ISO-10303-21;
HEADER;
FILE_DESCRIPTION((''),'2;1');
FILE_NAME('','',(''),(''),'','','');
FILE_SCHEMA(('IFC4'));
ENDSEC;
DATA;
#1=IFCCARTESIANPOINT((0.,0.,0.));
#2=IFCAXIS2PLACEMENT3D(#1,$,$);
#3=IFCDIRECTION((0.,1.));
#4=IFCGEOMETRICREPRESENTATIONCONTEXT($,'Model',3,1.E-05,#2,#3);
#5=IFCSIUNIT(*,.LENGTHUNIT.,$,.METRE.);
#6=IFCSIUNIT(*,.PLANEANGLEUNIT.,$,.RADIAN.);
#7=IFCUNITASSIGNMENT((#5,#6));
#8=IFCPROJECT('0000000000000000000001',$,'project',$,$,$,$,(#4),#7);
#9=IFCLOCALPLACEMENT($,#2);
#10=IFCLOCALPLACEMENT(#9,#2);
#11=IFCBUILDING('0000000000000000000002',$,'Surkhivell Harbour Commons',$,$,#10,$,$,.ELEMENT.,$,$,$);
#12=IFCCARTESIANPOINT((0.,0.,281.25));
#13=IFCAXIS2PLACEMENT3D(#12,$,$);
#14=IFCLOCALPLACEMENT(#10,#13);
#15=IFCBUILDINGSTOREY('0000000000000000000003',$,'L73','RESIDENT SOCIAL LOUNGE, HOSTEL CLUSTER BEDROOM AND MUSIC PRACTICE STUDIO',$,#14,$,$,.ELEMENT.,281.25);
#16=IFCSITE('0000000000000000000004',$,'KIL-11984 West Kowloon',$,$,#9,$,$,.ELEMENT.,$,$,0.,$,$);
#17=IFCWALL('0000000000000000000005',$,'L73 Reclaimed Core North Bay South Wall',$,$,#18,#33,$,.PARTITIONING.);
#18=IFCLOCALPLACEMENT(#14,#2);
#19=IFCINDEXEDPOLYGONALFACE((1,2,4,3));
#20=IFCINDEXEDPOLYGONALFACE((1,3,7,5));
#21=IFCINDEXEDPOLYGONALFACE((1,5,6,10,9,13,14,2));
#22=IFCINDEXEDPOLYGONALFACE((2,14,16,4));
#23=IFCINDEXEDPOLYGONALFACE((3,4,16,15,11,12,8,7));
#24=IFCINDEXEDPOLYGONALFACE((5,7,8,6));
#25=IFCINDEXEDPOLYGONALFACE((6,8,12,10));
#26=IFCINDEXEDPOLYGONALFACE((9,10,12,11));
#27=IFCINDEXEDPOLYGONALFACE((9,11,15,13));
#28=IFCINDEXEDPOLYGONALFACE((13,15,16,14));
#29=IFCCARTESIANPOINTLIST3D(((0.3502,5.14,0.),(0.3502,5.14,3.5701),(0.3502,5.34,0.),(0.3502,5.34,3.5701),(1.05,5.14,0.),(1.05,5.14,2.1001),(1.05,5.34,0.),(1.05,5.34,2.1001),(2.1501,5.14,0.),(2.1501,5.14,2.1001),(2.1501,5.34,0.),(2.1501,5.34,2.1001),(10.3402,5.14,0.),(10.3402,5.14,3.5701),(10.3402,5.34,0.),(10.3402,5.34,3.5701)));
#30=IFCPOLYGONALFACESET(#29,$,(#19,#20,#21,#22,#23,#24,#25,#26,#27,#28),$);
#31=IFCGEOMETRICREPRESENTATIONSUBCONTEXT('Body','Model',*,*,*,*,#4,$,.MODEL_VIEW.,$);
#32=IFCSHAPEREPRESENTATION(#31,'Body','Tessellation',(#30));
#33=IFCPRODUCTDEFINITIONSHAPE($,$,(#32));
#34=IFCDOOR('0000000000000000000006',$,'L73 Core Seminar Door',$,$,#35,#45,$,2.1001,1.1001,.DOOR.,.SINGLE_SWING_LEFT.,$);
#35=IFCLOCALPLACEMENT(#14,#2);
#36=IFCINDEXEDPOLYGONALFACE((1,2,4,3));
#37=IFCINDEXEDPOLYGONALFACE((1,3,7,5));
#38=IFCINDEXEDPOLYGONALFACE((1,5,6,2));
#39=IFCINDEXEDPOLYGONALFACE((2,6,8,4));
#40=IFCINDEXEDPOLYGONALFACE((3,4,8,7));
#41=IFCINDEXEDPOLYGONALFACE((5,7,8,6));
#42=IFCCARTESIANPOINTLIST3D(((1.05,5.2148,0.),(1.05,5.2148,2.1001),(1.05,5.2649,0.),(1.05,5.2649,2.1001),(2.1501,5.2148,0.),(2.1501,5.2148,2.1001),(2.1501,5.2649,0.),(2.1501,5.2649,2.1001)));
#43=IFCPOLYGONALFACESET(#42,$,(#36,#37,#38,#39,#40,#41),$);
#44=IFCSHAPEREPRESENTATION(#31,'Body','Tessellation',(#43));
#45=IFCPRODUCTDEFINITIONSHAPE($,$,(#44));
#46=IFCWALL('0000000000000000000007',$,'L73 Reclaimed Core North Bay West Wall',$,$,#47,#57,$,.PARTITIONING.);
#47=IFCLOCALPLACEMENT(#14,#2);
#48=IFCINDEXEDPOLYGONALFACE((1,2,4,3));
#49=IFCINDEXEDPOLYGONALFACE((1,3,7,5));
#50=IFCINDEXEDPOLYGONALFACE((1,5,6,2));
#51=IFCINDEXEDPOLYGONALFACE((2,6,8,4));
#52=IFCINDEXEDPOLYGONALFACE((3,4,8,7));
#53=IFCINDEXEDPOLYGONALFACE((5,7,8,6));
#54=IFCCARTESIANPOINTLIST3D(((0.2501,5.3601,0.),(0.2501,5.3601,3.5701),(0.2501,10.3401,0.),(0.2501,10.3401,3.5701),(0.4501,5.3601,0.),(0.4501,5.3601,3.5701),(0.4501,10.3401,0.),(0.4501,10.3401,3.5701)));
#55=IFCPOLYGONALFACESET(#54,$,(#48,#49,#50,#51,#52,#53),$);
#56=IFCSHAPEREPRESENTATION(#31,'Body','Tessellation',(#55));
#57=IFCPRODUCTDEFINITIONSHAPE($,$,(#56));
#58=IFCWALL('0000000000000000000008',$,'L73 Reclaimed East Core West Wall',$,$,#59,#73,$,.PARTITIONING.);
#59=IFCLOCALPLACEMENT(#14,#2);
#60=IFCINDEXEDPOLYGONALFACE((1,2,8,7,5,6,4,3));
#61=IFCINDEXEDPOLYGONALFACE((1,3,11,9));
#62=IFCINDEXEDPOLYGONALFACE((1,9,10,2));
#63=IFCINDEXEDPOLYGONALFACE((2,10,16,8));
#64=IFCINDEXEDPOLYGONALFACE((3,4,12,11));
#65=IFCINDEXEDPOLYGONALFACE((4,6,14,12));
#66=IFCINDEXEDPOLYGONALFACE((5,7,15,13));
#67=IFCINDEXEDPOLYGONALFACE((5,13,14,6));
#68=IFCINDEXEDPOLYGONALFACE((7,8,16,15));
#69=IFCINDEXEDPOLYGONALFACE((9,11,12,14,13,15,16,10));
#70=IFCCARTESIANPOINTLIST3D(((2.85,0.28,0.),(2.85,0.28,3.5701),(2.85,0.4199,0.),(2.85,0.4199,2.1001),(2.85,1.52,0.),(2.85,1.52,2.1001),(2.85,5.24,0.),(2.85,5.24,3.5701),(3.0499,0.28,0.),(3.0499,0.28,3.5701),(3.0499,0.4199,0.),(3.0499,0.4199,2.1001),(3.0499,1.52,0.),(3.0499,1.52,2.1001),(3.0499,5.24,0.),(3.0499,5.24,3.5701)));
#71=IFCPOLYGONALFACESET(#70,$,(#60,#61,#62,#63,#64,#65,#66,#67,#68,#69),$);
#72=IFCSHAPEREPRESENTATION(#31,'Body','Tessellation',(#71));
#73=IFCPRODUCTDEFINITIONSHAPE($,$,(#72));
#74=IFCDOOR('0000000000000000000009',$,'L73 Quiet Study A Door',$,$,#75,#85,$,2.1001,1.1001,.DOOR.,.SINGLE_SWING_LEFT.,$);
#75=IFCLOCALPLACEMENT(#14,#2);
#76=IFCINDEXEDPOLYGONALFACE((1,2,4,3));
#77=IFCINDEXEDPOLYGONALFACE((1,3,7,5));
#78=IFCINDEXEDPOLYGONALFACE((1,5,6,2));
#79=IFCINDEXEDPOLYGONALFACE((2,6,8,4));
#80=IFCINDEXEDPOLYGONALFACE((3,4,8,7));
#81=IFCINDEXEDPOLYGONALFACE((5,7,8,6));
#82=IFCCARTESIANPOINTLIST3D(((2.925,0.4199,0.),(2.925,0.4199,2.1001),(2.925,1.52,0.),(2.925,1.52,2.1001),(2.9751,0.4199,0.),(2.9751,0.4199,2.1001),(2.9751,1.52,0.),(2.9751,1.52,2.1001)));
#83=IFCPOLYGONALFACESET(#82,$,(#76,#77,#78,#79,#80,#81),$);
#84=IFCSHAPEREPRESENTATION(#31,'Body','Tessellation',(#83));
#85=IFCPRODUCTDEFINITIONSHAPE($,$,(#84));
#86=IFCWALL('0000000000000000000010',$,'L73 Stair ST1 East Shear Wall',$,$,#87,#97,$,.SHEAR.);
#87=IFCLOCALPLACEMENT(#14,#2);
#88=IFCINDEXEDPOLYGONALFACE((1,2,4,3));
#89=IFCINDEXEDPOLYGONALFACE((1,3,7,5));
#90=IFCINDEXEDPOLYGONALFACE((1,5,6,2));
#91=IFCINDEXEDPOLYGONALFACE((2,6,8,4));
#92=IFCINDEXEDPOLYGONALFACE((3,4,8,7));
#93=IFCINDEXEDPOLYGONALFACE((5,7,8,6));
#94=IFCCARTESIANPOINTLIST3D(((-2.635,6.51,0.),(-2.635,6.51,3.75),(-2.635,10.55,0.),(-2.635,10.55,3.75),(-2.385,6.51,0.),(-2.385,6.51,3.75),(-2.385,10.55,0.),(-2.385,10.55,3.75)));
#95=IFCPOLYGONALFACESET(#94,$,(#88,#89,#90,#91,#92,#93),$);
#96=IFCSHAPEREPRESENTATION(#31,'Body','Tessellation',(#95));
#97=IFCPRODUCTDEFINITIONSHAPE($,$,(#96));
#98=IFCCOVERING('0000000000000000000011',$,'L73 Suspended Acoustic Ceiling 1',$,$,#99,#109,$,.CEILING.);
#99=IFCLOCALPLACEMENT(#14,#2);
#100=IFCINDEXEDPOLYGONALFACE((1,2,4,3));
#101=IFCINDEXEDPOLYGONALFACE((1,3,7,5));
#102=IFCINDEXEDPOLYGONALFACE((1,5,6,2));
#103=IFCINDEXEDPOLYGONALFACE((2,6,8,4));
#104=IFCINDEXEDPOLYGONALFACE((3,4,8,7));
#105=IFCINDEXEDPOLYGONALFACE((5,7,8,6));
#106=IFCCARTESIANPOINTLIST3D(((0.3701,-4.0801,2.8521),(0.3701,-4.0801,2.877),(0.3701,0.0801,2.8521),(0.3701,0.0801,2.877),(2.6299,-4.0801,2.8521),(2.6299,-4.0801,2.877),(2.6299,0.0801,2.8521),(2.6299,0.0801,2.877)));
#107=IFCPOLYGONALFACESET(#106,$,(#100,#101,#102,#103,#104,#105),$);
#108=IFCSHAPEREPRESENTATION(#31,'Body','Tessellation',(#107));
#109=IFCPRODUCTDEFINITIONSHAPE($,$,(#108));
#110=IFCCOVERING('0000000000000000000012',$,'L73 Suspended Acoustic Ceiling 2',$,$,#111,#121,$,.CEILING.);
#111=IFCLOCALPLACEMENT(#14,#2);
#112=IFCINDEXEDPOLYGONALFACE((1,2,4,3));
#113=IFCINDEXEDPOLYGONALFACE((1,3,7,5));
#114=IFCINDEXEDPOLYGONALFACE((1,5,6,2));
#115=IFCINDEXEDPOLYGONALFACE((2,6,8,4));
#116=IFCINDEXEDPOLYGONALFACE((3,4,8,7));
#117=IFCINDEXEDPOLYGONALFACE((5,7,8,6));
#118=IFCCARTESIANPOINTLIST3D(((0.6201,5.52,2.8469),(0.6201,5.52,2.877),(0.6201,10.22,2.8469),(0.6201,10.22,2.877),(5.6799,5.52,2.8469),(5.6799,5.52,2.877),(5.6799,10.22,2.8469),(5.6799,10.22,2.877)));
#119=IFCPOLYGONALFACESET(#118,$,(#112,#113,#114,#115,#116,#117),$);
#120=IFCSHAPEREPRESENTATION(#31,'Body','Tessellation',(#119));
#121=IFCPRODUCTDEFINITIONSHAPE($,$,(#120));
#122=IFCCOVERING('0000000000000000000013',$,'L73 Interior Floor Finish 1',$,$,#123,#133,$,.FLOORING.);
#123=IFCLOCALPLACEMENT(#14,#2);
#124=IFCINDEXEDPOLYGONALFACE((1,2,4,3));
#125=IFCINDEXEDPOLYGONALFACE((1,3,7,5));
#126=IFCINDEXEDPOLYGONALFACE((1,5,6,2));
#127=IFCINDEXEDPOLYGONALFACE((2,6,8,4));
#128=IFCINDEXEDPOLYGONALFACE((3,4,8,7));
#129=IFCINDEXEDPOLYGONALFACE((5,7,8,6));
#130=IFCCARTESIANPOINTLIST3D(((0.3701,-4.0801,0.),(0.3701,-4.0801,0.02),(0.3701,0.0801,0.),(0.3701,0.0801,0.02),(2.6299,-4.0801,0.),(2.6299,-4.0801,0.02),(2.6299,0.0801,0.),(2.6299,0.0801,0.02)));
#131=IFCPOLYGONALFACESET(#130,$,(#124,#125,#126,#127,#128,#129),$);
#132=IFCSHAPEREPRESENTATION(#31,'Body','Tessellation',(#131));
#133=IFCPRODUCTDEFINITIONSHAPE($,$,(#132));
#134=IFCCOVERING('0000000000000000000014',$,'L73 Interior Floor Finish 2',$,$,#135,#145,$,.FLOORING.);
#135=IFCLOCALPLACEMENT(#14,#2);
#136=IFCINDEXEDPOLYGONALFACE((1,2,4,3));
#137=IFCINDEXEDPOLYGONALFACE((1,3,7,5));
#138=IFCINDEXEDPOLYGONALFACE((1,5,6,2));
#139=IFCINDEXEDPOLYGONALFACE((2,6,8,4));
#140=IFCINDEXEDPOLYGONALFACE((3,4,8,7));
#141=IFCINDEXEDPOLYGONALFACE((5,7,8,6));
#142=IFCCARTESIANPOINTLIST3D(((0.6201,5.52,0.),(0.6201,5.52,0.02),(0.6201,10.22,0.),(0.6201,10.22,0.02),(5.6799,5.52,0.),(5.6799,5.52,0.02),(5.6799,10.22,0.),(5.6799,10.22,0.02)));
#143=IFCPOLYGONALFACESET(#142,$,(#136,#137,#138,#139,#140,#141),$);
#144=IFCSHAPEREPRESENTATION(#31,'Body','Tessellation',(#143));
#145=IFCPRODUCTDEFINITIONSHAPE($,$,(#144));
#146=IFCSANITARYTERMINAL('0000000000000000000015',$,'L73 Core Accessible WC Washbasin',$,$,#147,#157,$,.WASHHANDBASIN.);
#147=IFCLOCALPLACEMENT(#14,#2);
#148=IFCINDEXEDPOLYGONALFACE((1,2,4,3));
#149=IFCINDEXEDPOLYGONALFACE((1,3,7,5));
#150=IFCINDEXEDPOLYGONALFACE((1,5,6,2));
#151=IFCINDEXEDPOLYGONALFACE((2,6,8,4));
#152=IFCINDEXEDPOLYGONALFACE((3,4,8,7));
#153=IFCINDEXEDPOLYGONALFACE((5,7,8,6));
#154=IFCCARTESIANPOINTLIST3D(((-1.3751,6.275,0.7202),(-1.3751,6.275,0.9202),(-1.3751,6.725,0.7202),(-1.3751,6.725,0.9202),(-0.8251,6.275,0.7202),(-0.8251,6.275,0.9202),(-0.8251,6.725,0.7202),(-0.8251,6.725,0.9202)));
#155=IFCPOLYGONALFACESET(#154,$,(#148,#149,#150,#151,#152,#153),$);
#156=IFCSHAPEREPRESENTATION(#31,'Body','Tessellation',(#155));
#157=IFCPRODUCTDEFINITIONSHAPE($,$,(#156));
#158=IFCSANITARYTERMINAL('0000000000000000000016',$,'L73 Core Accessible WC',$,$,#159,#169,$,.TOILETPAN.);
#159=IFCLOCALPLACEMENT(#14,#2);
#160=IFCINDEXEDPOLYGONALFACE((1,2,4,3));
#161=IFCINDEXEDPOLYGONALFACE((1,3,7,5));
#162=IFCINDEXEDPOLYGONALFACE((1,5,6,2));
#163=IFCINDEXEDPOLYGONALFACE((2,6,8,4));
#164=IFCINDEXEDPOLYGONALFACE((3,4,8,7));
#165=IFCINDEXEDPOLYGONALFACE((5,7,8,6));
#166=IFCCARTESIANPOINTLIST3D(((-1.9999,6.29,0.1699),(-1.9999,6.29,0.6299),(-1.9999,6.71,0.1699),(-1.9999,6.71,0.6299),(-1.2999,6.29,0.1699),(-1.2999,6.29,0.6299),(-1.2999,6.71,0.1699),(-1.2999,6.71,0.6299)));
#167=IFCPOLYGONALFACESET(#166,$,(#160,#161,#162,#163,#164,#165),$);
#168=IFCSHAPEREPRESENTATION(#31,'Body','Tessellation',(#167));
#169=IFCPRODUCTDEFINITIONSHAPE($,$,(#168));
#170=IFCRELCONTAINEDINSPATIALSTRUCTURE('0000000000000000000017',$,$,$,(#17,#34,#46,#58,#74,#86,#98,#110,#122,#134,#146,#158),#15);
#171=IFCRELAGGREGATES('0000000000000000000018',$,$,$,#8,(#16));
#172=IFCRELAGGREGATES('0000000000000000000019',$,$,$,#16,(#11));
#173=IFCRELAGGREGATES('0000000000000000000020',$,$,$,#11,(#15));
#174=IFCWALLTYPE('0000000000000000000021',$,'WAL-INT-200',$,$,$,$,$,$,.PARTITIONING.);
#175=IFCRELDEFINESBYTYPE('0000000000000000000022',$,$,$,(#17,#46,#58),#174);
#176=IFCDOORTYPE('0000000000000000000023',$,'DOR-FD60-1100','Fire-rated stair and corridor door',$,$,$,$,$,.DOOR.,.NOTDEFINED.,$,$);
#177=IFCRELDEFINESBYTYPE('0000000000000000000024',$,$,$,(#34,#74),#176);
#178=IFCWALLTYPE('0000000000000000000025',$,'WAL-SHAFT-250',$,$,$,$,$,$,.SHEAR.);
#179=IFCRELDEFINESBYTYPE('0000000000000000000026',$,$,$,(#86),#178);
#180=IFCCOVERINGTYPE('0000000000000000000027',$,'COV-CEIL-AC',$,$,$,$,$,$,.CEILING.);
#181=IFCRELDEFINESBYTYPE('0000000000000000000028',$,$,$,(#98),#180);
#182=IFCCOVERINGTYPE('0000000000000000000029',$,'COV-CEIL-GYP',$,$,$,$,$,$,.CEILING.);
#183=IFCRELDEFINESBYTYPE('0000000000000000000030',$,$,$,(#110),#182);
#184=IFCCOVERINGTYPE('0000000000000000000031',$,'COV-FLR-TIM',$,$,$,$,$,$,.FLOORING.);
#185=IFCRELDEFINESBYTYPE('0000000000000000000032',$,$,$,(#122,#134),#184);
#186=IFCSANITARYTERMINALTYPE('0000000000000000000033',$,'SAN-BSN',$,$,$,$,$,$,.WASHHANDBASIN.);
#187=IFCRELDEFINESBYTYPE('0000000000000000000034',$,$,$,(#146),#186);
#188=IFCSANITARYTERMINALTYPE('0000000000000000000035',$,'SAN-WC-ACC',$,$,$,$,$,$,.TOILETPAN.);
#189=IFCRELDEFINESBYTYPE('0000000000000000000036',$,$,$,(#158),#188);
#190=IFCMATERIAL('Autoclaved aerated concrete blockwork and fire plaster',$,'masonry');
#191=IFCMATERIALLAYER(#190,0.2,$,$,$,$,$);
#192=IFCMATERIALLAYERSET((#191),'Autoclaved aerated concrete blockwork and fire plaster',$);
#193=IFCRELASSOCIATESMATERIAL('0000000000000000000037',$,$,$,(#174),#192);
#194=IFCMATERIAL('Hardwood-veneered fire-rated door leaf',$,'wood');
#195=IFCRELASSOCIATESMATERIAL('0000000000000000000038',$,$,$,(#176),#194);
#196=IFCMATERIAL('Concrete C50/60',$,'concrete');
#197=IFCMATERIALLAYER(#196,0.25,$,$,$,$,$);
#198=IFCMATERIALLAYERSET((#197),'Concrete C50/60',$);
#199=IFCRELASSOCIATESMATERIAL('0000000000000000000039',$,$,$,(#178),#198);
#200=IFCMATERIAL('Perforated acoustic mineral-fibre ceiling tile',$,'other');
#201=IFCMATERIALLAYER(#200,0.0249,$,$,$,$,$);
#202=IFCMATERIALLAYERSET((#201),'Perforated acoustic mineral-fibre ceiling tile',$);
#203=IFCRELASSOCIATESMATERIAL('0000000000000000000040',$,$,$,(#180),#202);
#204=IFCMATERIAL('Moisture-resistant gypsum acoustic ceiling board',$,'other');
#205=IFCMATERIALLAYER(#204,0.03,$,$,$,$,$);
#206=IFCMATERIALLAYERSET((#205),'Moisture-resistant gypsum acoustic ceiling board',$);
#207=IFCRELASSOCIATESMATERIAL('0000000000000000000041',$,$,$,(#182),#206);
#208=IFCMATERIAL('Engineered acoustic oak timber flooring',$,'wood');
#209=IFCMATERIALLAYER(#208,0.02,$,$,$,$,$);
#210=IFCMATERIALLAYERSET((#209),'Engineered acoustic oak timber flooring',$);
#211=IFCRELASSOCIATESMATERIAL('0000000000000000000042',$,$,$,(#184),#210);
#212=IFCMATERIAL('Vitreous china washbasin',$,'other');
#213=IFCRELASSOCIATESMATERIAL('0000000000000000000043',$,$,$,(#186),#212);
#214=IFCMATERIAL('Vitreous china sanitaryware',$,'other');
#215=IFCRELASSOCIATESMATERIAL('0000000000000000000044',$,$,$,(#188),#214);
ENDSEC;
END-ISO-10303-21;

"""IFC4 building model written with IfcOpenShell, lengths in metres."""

from ifc_helpers import new_model, si_unit, direction, frame, frame_2d, origin, origin_2d, place, context, subcontext, project, spatial, polyline, rectangle, outline, extrude, material, layer, layer_set, type_object, element, fill, save


model = new_model("IFC4")

# Units and contexts
model_context = context("Model", 3, precision=1e-05, world=origin(), true_north=direction((0.0, 1.0)))
body_context = subcontext(model_context, "Body", "Model", "MODEL_VIEW")
ifc_project = project(units=[si_unit("LENGTHUNIT", "METRE"), si_unit("PLANEANGLEUNIT", "RADIAN")], contexts=[model_context])

# Site, building, storey
site_placement = place(None, origin())
site = spatial("IfcSite", under=ifc_project, at=site_placement, Name="KIL-11984 West Kowloon", CompositionType="ELEMENT", RefElevation=0.0)
building_placement = place(site_placement, origin())
building = spatial("IfcBuilding", under=site, at=building_placement, Name="Surkhivell Harbour Commons", CompositionType="ELEMENT")
storey_placement = place(building_placement, frame((0.0, 0.0, 281.25)))
storey = spatial("IfcBuildingStorey", under=building, at=storey_placement, Name="L73", Description="RESIDENT SOCIAL LOUNGE, HOSTEL CLUSTER BEDROOM AND MUSIC PRACTICE STUDIO", CompositionType="ELEMENT", Elevation=281.25)

# Shared definitions
ifc_material_1 = material(Name="Concrete C50/60", Category="concrete")

# Shared definitions
ifc_material_2 = material(Name="Hardwood-veneered fire-rated door leaf", Category="wood")

# Wall, opening, door
ifc_material_3 = material(Name="Autoclaved aerated concrete blockwork and fire plaster", Category="masonry")
ifc_layer_1 = layer(ifc_material_3, 0.2)
ifc_layer_set_1 = layer_set([ifc_layer_1], Name="Autoclaved aerated concrete blockwork and fire plaster")
wall_type_1 = type_object("IfcWallType", Name="WAL-INT-200", PredefinedType="PARTITIONING", material=ifc_layer_set_1)
wall_1_placement = place(storey_placement, frame((0.3501, 5.24, 0.0), z_axis=(0.0, 0.0, 1.0), x_axis=(1.0, 0.0, 0.0)))
wall_1 = element("IfcWall", 1, at=wall_1_placement, inside=storey, type_object=wall_type_1, Name="L73 Reclaimed Core North Bay South Wall", PredefinedType="PARTITIONING", context=body_context, shape_type="SweptSolid", body=[
    extrude(rectangle(XDim=9.99, YDim=0.2, at=frame_2d((4.9951, 0.0))), origin(), (0.0, 0.0, 1.0), 3.5701),
])
opening_1_placement = place(wall_1_placement, frame((0.7, 0.0, 0.0)))
opening_1 = element("IfcOpeningElement", 2, at=opening_1_placement, cuts=wall_1, PredefinedType="OPENING", context=body_context, shape_type="SweptSolid", body=[
    extrude(rectangle(XDim=1.1001, YDim=2.1001, at=frame_2d((0.55, 1.05))), frame((0.0, 0.1099, 0.0), z_axis=(0.0, -1.0, 0.0), x_axis=(1.0, 0.0, 0.0)), (0.0, 0.0, 1.0), 0.22),
])
door_type_1 = type_object("IfcDoorType", Name="DOR-FD60-1100", Description="Fire-rated stair and corridor door", OperationType="NOTDEFINED", PredefinedType="DOOR", material=ifc_material_2)
door_1_placement = place(opening_1_placement, origin())
door_1 = element("IfcDoor", 3, at=door_1_placement, inside=storey, type_object=door_type_1, Name="L73 Core Seminar Door", OperationType="SINGLE_SWING_LEFT", OverallHeight=2.1001, OverallWidth=1.1001, PredefinedType="DOOR", context=body_context, shape_type="SweptSolid", body=[
    extrude(rectangle(XDim=1.1001, YDim=2.1001, at=frame_2d((0.55, 1.05))), frame((0.0, 0.0249, 0.0), z_axis=(0.0, -1.0, 0.0), x_axis=(1.0, 0.0, 0.0)), (0.0, 0.0, 1.0), 0.05),
])
fill(opening_1, door_1)

# Wall
wall_2_placement = place(storey_placement, frame((0.3501, 5.3601, 0.0), z_axis=(0.0, 0.0, 1.0), x_axis=(0.0, 1.0, 0.0)))
element("IfcWall", 4, at=wall_2_placement, inside=storey, type_object=wall_type_1, Name="L73 Reclaimed Core North Bay West Wall", PredefinedType="PARTITIONING", context=body_context, shape_type="SweptSolid", body=[
    extrude(rectangle(XDim=4.98, YDim=0.2, at=frame_2d((2.49, 0.0))), origin(), (0.0, 0.0, 1.0), 3.5701),
])

# Wall, opening, door
wall_3_placement = place(storey_placement, frame((2.95, 0.28, 0.0), z_axis=(0.0, 0.0, 1.0), x_axis=(0.0, 1.0, 0.0)))
wall_3 = element("IfcWall", 5, at=wall_3_placement, inside=storey, type_object=wall_type_1, Name="L73 Reclaimed East Core West Wall", PredefinedType="PARTITIONING", context=body_context, shape_type="SweptSolid", body=[
    extrude(rectangle(XDim=4.96, YDim=0.2, at=frame_2d((2.48, 0.0))), origin(), (0.0, 0.0, 1.0), 3.5701),
])
opening_2_placement = place(wall_3_placement, frame((0.1399, 0.0, 0.0)))
opening_2 = element("IfcOpeningElement", 6, at=opening_2_placement, cuts=wall_3, PredefinedType="OPENING", context=body_context, shape_type="SweptSolid", body=[
    extrude(rectangle(XDim=1.1001, YDim=2.1001, at=frame_2d((0.55, 1.05))), frame((0.0, 0.1099, 0.0), z_axis=(0.0, -1.0, 0.0), x_axis=(1.0, 0.0, 0.0)), (0.0, 0.0, 1.0), 0.22),
])
door_2_placement = place(opening_2_placement, origin())
door_2 = element("IfcDoor", 7, at=door_2_placement, inside=storey, type_object=door_type_1, Name="L73 Quiet Study A Door", OperationType="SINGLE_SWING_LEFT", OverallHeight=2.1001, OverallWidth=1.1001, PredefinedType="DOOR", context=body_context, shape_type="SweptSolid", body=[
    extrude(rectangle(XDim=1.1001, YDim=2.1001, at=frame_2d((0.55, 1.05))), frame((0.0, 0.0249, 0.0), z_axis=(0.0, -1.0, 0.0), x_axis=(1.0, 0.0, 0.0)), (0.0, 0.0, 1.0), 0.05),
])
fill(opening_2, door_2)

# Wall
ifc_layer_2 = layer(ifc_material_1, 0.25)
ifc_layer_set_2 = layer_set([ifc_layer_2], Name="Concrete C50/60")
wall_type_2 = type_object("IfcWallType", Name="WAL-SHAFT-250", PredefinedType="SHEAR", material=ifc_layer_set_2)
wall_4_placement = place(storey_placement, frame((-2.51, 6.51, 0.0), z_axis=(0.0, 0.0, 1.0), x_axis=(0.0, 1.0, 0.0)))
element("IfcWall", 8, at=wall_4_placement, inside=storey, type_object=wall_type_2, Name="L73 Stair ST1 East Shear Wall", PredefinedType="SHEAR", context=body_context, shape_type="SweptSolid", body=[
    extrude(rectangle(XDim=4.04, YDim=0.25, at=frame_2d((2.02, 0.0))), origin(), (0.0, 0.0, 1.0), 3.75),
])

# Coverings
ifc_material_4 = material(Name="Perforated acoustic mineral-fibre ceiling tile", Category="other")
ifc_layer_3 = layer(ifc_material_4, 0.0249)
ifc_layer_set_3 = layer_set([ifc_layer_3], Name="Perforated acoustic mineral-fibre ceiling tile")
covering_type_1 = type_object("IfcCoveringType", Name="COV-CEIL-AC", PredefinedType="CEILING", material=ifc_layer_set_3)
covering_1_placement = place(storey_placement, frame((0.0, 0.0, 2.8521)))
element("IfcCovering", 9, at=covering_1_placement, inside=storey, type_object=covering_type_1, Name="L73 Suspended Acoustic Ceiling 1", PredefinedType="CEILING", context=body_context, shape_type="SweptSolid", body=[
    extrude(outline(polyline([(0.3701, -4.0801), (2.6299, -4.0801), (2.6299, 0.0801), (0.3701, 0.0801), (0.3701, -4.0801)])), origin(), (0.0, 0.0, 1.0), 0.0249),
])
ifc_material_5 = material(Name="Moisture-resistant gypsum acoustic ceiling board", Category="other")
ifc_layer_4 = layer(ifc_material_5, 0.03)
ifc_layer_set_4 = layer_set([ifc_layer_4], Name="Moisture-resistant gypsum acoustic ceiling board")
covering_type_2 = type_object("IfcCoveringType", Name="COV-CEIL-GYP", PredefinedType="CEILING", material=ifc_layer_set_4)
covering_2_placement = place(storey_placement, frame((0.0, 0.0, 2.8469)))
element("IfcCovering", 10, at=covering_2_placement, inside=storey, type_object=covering_type_2, Name="L73 Suspended Acoustic Ceiling 2", PredefinedType="CEILING", context=body_context, shape_type="SweptSolid", body=[
    extrude(outline(polyline([(0.6201, 5.52), (5.6799, 5.52), (5.6799, 10.22), (0.6201, 10.22), (0.6201, 5.52)])), origin(), (0.0, 0.0, 1.0), 0.03),
])
ifc_material_6 = material(Name="Engineered acoustic oak timber flooring", Category="wood")
ifc_layer_5 = layer(ifc_material_6, 0.02)
ifc_layer_set_5 = layer_set([ifc_layer_5], Name="Engineered acoustic oak timber flooring")
covering_type_3 = type_object("IfcCoveringType", Name="COV-FLR-TIM", PredefinedType="FLOORING", material=ifc_layer_set_5)
covering_3_placement = place(storey_placement, origin())
element("IfcCovering", 11, at=covering_3_placement, inside=storey, type_object=covering_type_3, Name="L73 Interior Floor Finish 1", PredefinedType="FLOORING", context=body_context, shape_type="SweptSolid", body=[
    extrude(outline(polyline([(0.3701, -4.0801), (2.6299, -4.0801), (2.6299, 0.0801), (0.3701, 0.0801), (0.3701, -4.0801)])), origin(), (0.0, 0.0, 1.0), 0.02),
])
covering_4_placement = place(storey_placement, origin())
element("IfcCovering", 12, at=covering_4_placement, inside=storey, type_object=covering_type_3, Name="L73 Interior Floor Finish 2", PredefinedType="FLOORING", context=body_context, shape_type="SweptSolid", body=[
    extrude(outline(polyline([(0.6201, 5.52), (5.6799, 5.52), (5.6799, 10.22), (0.6201, 10.22), (0.6201, 5.52)])), origin(), (0.0, 0.0, 1.0), 0.02),
])

# Sanitary terminals
ifc_material_7 = material(Name="Vitreous china washbasin", Category="other")
sanitary_terminal_type_1 = type_object("IfcSanitaryTerminalType", Name="SAN-BSN", PredefinedType="WASHHANDBASIN", material=ifc_material_7)
sanitary_terminal_1_placement = place(storey_placement, frame((-1.1001, 6.5, 0.7202), z_axis=(0.0, 0.0, 1.0), x_axis=(1.0, 0.0, 0.0)))
element("IfcSanitaryTerminal", 13, at=sanitary_terminal_1_placement, inside=storey, type_object=sanitary_terminal_type_1, Name="L73 Core Accessible WC Washbasin", PredefinedType="WASHHANDBASIN", context=body_context, shape_type="SweptSolid", body=[
    extrude(rectangle(XDim=0.55, YDim=0.45, at=origin_2d()), origin(), (0.0, 0.0, 1.0), 0.2),
])
ifc_material_8 = material(Name="Vitreous china sanitaryware", Category="other")
sanitary_terminal_type_2 = type_object("IfcSanitaryTerminalType", Name="SAN-WC-ACC", PredefinedType="TOILETPAN", material=ifc_material_8)
sanitary_terminal_2_placement = place(storey_placement, frame((-1.6499, 6.5, 0.1699), z_axis=(0.0, 0.0, 1.0), x_axis=(1.0, 0.0, 0.0)))
element("IfcSanitaryTerminal", 14, at=sanitary_terminal_2_placement, inside=storey, type_object=sanitary_terminal_type_2, Name="L73 Core Accessible WC", PredefinedType="TOILETPAN", context=body_context, shape_type="SweptSolid", body=[
    extrude(rectangle(XDim=0.7, YDim=0.4199, at=origin_2d()), origin(), (0.0, 0.0, 1.0), 0.46),
])

save(model, "model.ifc")
